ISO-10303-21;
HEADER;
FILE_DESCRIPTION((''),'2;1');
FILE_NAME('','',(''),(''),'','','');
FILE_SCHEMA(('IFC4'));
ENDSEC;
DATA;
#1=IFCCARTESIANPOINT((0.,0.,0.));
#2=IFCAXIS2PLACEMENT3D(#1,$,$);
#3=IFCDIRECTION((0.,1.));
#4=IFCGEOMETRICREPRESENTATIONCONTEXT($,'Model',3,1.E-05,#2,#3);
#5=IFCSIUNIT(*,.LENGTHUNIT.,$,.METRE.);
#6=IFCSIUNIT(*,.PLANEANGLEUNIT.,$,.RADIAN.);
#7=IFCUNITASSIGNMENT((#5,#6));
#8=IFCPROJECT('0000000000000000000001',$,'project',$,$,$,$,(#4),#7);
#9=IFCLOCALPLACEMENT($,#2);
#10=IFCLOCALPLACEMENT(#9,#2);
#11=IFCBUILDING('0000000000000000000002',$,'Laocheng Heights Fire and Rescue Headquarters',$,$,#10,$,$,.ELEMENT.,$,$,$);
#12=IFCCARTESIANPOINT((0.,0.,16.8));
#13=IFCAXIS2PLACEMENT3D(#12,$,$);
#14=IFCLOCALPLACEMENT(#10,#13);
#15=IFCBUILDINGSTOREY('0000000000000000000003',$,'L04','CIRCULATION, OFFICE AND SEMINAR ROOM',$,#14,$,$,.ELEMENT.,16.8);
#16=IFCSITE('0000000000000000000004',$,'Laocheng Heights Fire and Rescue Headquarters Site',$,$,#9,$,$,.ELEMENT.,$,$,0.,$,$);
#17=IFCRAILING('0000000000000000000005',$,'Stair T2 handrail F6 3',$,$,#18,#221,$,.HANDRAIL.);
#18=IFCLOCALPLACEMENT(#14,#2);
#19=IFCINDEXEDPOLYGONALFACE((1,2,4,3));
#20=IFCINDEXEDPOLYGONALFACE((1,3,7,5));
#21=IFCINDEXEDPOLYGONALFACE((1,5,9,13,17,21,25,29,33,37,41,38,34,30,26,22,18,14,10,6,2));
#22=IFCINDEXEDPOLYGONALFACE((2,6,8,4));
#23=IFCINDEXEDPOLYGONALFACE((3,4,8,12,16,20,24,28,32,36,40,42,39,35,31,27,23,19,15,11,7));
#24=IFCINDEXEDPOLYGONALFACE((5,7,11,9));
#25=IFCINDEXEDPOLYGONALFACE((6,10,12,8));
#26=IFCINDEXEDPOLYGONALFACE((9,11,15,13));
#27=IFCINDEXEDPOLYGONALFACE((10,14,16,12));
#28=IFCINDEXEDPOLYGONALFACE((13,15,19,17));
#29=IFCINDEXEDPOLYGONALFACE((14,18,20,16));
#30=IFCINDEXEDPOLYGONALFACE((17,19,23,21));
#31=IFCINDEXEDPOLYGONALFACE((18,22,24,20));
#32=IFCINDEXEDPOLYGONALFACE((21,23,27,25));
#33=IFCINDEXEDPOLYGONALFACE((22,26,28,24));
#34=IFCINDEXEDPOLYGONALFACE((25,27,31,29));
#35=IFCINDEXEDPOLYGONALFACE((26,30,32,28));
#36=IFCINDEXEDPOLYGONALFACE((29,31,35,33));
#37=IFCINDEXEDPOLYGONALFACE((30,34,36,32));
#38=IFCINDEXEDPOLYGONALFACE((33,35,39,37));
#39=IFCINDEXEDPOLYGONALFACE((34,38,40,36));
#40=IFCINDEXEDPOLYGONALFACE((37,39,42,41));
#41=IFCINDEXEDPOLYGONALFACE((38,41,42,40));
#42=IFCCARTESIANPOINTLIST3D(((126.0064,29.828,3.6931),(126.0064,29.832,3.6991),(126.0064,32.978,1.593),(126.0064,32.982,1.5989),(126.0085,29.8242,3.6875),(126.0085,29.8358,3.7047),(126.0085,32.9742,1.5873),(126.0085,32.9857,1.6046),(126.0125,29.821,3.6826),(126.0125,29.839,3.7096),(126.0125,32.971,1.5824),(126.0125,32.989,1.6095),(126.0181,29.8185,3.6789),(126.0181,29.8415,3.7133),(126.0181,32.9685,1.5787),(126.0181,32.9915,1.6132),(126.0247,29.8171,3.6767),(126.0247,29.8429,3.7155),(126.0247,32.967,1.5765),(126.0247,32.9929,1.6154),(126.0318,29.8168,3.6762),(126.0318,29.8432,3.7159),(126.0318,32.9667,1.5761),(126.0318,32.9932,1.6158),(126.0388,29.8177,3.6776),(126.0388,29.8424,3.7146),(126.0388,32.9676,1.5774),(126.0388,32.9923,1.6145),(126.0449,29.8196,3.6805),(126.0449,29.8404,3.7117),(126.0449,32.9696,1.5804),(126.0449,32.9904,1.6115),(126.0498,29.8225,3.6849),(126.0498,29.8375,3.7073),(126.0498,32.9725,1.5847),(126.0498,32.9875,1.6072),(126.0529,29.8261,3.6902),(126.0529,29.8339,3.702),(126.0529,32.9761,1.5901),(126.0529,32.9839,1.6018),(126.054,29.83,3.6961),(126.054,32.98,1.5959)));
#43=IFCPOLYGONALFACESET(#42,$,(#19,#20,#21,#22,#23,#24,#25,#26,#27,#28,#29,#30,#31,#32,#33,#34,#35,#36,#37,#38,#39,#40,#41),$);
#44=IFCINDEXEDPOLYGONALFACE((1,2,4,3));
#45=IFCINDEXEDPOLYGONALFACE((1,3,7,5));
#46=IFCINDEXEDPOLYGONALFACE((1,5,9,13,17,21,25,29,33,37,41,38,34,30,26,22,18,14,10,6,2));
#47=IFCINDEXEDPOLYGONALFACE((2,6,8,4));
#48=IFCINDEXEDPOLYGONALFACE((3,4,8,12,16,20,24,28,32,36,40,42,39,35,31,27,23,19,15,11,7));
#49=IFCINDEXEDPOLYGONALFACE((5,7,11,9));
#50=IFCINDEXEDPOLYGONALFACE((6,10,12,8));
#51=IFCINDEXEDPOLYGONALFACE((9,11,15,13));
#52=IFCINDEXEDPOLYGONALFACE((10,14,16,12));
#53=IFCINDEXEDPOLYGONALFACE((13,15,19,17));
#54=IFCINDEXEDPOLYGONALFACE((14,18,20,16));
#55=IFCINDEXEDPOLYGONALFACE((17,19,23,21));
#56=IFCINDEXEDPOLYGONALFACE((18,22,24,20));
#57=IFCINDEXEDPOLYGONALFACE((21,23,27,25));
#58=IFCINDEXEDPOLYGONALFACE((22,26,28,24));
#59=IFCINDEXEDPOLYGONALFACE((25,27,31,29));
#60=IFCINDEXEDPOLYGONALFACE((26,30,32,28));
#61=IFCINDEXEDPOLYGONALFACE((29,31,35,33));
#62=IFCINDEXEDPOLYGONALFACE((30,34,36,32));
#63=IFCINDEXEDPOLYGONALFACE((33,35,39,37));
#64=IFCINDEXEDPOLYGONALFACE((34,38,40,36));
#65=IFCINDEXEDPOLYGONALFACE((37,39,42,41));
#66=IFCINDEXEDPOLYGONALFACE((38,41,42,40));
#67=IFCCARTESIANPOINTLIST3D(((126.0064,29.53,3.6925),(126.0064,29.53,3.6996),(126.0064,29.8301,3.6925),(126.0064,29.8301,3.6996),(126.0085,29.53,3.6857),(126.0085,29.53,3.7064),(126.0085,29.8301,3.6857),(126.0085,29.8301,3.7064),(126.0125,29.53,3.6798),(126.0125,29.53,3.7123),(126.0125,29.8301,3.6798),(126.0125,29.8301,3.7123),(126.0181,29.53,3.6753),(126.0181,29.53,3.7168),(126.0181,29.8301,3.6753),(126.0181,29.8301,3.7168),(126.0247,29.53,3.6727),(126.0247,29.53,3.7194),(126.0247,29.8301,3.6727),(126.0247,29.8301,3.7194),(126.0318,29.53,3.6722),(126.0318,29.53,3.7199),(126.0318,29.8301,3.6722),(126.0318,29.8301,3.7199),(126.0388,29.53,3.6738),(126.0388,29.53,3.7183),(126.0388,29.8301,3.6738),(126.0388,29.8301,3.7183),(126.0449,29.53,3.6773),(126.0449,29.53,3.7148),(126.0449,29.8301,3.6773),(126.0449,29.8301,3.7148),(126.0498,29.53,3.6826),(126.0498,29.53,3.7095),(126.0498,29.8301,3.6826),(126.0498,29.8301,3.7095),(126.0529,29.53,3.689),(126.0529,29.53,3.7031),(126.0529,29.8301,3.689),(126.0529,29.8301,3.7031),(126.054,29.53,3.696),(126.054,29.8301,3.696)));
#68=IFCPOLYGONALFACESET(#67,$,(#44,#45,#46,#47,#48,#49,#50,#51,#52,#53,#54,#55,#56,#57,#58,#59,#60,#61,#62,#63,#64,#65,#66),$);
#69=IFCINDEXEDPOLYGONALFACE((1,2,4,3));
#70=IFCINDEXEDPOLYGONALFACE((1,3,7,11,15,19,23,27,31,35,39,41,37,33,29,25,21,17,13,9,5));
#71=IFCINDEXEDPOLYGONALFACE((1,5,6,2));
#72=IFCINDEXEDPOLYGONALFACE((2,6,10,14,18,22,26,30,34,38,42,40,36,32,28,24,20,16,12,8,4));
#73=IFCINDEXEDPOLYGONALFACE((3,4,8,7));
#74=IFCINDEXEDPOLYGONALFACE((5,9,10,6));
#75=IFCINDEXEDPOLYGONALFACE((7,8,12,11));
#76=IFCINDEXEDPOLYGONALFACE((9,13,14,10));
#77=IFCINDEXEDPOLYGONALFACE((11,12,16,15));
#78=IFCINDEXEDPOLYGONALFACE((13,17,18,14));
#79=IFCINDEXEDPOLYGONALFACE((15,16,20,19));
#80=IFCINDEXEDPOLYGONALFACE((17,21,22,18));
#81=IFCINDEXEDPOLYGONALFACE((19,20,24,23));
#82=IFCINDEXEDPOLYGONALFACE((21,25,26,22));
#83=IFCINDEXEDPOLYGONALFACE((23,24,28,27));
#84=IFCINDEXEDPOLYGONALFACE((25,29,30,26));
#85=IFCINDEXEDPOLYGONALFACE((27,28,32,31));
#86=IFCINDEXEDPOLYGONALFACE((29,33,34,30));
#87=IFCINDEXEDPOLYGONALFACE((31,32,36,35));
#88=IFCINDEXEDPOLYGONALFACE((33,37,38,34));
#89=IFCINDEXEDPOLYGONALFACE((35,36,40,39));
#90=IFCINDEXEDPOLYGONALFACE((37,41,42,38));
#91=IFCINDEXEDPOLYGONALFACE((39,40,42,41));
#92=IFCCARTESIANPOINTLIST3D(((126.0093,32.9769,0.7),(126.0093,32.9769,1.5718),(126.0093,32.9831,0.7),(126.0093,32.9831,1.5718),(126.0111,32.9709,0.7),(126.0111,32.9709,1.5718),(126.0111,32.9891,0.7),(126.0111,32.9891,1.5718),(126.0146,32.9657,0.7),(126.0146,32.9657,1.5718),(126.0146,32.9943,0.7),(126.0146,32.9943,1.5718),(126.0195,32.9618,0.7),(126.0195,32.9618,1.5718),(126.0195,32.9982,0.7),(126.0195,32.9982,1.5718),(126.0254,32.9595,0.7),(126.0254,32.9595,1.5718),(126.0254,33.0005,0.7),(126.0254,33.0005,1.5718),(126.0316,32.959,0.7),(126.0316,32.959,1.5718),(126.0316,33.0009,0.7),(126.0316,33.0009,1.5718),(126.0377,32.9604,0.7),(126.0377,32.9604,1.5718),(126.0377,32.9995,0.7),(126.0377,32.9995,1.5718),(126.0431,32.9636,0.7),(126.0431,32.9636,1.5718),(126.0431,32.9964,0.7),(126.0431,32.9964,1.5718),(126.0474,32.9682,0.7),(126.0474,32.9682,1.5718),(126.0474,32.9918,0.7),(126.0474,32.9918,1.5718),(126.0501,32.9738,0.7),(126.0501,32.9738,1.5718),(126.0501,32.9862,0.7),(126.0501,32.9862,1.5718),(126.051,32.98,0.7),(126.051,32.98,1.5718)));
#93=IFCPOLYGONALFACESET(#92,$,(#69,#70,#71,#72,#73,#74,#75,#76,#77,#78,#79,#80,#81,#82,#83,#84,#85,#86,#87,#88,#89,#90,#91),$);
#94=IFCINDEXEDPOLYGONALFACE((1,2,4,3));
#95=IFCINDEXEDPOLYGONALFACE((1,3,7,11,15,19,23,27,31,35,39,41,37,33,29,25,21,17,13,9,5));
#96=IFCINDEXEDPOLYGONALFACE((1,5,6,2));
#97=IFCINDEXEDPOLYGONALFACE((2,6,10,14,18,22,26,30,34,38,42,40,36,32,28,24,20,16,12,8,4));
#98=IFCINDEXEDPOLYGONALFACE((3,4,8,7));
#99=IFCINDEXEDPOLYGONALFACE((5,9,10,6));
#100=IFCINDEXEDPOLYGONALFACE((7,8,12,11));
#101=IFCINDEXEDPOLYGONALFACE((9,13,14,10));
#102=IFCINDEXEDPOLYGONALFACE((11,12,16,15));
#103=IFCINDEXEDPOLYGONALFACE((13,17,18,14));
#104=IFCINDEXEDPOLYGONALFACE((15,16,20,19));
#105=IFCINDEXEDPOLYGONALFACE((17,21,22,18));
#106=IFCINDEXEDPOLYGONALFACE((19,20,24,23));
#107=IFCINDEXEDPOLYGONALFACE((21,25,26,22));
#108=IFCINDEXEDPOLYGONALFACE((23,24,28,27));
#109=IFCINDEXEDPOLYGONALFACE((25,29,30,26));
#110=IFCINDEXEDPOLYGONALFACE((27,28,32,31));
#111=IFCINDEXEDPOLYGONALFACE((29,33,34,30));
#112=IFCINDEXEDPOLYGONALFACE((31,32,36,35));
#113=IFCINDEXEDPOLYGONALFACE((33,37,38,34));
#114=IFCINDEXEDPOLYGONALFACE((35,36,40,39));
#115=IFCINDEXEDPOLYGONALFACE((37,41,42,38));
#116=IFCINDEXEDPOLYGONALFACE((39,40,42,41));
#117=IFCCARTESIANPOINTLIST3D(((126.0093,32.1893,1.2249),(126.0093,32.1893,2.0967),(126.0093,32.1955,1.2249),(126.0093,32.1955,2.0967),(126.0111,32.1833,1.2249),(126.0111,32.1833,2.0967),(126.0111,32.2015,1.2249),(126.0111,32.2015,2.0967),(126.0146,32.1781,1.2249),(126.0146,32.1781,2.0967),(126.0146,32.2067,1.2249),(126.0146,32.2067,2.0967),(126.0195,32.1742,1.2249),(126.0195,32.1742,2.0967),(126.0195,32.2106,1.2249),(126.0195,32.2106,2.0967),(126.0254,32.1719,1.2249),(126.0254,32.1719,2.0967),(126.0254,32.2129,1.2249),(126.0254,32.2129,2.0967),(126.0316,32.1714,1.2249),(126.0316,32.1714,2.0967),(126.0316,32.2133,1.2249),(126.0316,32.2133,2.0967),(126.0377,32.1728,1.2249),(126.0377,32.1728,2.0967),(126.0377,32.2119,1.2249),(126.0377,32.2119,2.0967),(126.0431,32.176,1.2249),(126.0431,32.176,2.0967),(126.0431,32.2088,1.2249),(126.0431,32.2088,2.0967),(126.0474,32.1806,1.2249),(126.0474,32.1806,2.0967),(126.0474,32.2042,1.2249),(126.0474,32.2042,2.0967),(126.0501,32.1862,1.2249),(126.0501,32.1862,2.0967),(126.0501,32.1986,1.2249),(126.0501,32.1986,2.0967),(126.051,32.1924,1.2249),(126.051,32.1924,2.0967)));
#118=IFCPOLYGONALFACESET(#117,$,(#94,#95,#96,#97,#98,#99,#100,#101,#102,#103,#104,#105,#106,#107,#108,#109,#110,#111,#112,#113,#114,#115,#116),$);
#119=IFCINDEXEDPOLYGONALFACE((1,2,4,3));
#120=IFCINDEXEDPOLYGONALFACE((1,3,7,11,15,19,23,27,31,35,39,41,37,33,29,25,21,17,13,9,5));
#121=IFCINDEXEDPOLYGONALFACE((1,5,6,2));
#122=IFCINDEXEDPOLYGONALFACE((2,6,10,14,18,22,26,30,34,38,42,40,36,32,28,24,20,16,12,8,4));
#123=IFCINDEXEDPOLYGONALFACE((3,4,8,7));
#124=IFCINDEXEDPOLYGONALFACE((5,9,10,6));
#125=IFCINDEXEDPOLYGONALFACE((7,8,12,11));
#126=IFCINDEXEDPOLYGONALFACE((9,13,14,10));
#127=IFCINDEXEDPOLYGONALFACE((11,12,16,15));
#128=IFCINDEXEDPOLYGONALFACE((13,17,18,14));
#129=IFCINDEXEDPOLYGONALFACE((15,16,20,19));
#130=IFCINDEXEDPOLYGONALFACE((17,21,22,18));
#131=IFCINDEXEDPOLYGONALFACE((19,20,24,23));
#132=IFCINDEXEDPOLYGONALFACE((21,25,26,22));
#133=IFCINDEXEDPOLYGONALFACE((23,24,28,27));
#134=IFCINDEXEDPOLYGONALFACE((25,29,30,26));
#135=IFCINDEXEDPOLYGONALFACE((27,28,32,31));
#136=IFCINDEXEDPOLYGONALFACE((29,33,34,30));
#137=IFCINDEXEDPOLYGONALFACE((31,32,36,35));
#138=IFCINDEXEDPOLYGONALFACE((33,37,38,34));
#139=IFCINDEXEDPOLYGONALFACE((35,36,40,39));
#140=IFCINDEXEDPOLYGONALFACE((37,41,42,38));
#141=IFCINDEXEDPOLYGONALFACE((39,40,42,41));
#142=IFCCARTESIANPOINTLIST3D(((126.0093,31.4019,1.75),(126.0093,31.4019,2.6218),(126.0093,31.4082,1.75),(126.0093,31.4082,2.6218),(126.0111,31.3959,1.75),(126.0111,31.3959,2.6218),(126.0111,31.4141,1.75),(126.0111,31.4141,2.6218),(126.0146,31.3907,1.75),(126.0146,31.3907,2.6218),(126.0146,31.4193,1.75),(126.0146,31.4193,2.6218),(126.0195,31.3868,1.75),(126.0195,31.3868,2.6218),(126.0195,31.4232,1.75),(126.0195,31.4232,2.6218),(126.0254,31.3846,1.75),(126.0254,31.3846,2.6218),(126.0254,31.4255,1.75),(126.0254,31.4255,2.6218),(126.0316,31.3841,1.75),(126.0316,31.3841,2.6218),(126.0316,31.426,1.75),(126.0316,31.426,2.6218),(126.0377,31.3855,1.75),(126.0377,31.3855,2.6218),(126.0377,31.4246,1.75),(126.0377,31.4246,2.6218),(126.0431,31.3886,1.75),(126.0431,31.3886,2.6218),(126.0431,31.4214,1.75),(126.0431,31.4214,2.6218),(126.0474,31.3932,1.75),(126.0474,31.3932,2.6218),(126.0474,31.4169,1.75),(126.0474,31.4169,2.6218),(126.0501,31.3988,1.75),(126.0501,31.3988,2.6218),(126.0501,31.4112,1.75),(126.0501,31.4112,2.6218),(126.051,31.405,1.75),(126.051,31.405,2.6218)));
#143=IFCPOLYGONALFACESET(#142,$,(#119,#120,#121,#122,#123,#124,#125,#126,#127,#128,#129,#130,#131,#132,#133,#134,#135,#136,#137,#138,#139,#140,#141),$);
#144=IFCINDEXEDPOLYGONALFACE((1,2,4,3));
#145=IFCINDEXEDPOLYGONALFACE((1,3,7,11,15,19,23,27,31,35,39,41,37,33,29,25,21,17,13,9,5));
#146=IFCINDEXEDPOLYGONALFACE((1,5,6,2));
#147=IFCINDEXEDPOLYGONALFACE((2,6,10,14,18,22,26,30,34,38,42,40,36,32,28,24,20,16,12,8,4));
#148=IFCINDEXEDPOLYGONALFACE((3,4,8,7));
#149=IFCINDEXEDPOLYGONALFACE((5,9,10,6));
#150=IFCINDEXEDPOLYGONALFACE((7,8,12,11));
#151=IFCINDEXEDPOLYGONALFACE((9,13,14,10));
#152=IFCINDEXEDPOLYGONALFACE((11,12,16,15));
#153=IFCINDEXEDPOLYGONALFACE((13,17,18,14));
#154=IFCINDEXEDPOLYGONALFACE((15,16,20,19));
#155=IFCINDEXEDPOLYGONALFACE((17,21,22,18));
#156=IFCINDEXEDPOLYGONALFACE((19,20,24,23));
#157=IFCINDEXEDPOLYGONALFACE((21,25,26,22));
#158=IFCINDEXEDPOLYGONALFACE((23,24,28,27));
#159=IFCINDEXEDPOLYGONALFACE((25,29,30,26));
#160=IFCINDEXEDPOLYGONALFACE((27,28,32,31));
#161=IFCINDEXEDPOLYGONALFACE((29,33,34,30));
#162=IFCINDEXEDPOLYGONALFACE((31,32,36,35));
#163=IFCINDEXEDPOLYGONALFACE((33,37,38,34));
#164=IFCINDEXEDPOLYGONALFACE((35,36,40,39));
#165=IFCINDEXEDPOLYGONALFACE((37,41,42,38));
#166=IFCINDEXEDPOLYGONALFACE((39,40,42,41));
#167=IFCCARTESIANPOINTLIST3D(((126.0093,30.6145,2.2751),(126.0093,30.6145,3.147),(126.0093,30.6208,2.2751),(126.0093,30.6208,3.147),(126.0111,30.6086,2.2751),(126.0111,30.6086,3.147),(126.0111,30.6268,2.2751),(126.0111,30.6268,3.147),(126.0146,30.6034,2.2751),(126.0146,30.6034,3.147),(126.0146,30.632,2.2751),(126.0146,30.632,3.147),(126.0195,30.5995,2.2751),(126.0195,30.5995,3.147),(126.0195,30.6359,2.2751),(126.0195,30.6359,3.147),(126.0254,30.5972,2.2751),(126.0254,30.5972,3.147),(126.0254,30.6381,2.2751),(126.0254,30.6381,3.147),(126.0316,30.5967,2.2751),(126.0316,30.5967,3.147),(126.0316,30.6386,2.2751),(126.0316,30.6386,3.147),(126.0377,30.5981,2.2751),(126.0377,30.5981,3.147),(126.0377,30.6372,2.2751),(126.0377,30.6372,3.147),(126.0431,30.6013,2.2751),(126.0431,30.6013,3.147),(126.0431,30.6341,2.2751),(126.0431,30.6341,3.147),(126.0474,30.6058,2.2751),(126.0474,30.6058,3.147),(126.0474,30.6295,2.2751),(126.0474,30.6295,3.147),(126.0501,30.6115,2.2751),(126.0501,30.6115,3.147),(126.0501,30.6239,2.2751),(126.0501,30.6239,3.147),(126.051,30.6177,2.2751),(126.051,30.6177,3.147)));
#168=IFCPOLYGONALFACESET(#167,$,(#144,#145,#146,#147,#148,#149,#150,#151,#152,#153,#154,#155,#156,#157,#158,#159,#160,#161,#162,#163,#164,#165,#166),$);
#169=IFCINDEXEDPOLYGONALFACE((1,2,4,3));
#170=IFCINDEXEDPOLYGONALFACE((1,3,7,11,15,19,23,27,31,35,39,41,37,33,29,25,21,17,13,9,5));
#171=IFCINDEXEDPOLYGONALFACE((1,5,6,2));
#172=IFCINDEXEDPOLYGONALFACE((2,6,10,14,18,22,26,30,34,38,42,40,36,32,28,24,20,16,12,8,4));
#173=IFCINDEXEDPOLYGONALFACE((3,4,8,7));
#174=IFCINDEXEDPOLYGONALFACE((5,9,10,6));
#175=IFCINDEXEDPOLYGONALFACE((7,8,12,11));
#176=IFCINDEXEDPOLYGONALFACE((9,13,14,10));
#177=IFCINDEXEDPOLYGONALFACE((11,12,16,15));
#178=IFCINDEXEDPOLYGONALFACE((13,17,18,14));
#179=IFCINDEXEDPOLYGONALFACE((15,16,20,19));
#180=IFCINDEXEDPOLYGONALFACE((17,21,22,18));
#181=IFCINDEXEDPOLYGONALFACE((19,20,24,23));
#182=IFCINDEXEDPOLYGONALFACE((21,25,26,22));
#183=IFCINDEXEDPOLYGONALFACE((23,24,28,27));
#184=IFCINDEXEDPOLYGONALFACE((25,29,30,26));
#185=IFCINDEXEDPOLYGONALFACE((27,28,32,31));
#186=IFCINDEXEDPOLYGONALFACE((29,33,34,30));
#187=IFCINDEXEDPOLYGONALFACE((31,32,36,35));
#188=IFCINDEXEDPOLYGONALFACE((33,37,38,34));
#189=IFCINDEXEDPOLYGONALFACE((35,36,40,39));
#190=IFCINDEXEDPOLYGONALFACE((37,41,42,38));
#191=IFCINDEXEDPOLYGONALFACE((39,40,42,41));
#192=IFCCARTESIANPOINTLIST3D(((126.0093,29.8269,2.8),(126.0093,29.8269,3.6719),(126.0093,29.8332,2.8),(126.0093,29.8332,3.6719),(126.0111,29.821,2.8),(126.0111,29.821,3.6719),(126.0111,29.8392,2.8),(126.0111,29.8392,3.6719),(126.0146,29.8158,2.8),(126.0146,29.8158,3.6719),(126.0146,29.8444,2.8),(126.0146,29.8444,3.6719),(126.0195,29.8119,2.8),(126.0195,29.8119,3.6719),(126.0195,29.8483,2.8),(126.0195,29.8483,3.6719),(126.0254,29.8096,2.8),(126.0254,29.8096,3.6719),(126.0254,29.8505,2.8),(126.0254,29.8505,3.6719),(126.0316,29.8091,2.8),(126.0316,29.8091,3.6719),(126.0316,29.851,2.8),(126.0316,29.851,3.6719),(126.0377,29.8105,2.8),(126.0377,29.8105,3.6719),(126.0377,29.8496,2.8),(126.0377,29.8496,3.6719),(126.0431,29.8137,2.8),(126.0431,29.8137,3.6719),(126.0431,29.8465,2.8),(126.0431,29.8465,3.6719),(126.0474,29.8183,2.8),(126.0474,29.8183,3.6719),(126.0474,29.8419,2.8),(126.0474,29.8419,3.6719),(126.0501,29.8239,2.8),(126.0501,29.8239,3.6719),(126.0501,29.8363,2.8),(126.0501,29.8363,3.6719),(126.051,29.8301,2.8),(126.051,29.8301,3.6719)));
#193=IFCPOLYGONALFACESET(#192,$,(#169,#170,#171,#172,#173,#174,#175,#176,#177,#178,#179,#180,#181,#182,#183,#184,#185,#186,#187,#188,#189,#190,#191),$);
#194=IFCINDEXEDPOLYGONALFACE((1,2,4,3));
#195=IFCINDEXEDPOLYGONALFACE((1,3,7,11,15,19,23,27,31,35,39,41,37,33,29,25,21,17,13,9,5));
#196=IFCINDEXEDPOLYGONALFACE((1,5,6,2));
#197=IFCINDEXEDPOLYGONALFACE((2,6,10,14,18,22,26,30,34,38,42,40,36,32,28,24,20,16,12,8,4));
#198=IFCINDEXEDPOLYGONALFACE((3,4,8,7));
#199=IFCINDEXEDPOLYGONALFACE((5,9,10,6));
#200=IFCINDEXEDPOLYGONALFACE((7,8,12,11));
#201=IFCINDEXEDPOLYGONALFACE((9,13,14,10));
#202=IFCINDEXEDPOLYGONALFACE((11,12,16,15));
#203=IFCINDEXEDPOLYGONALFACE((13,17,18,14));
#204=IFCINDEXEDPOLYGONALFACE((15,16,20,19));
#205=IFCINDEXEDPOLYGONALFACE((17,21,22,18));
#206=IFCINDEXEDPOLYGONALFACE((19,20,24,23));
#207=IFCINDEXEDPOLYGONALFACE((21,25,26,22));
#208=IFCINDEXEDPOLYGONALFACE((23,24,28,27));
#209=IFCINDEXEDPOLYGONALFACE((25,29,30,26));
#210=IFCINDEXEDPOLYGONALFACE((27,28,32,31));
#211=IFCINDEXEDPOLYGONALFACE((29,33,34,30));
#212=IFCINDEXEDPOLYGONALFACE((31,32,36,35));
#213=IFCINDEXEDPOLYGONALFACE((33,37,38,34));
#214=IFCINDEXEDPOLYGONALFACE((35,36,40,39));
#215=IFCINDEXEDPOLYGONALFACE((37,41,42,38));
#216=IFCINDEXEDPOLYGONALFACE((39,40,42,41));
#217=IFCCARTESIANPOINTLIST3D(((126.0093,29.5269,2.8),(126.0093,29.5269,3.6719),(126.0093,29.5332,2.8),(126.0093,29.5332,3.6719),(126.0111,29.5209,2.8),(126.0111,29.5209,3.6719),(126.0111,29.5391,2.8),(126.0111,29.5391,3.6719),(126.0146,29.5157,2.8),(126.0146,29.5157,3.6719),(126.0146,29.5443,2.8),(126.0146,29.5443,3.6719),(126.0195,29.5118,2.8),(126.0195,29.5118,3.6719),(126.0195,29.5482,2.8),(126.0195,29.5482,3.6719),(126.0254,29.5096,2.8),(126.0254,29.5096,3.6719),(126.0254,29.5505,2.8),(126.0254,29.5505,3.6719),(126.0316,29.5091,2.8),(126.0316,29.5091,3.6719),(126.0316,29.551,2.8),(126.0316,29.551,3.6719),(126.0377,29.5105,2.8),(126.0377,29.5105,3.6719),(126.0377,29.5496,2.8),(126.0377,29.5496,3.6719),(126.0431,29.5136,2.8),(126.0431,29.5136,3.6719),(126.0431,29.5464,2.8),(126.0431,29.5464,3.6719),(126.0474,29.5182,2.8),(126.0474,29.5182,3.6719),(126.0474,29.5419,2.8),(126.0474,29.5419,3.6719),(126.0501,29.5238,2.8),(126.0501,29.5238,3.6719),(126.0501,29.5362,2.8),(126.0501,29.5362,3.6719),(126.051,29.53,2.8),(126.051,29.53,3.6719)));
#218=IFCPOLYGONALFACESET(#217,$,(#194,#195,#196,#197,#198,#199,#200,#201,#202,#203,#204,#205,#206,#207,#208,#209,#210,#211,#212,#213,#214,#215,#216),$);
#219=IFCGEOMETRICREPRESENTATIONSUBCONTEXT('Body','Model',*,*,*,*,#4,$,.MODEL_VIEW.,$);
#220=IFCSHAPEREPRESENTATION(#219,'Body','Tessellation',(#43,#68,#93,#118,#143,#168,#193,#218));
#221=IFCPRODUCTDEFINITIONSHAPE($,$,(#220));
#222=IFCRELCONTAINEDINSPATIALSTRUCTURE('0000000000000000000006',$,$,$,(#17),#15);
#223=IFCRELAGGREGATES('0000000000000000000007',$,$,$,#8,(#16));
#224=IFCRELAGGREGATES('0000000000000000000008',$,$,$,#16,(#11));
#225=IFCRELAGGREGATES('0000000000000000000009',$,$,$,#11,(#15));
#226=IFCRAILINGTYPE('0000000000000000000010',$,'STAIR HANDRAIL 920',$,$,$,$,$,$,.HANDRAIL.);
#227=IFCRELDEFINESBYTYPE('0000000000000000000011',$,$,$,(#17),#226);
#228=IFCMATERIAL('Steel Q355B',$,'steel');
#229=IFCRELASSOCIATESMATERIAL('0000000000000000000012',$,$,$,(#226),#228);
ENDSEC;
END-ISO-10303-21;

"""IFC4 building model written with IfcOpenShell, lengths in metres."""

from ifc_helpers import new_model, si_unit, direction, frame, origin, origin_2d, place, context, subcontext, project, spatial, circle, extrude, material, type_object, element, save


model = new_model("IFC4")

# Units and contexts
model_context = context("Model", 3, precision=1e-05, world=origin(), true_north=direction((0.0, 1.0)))
body_context = subcontext(model_context, "Body", "Model", "MODEL_VIEW")
ifc_project = project(units=[si_unit("LENGTHUNIT", "METRE"), si_unit("PLANEANGLEUNIT", "RADIAN")], contexts=[model_context])

# Site, building, storey
site_placement = place(None, origin())
site = spatial("IfcSite", under=ifc_project, at=site_placement, Name="Laocheng Heights Fire and Rescue Headquarters Site", CompositionType="ELEMENT", RefElevation=0.0)
building_placement = place(site_placement, origin())
building = spatial("IfcBuilding", under=site, at=building_placement, Name="Laocheng Heights Fire and Rescue Headquarters", CompositionType="ELEMENT")
storey_placement = place(building_placement, frame((0.0, 0.0, 16.8)))
storey = spatial("IfcBuildingStorey", under=building, at=storey_placement, Name="L04", Description="CIRCULATION, OFFICE AND SEMINAR ROOM", CompositionType="ELEMENT", Elevation=16.8)

# Railing
ifc_material_1 = material(Name="Steel Q355B", Category="steel")
railing_type_1 = type_object("IfcRailingType", Name="STAIR HANDRAIL 920", PredefinedType="HANDRAIL", material=ifc_material_1)
railing_1_placement = place(storey_placement, frame((126.03, 32.98, 0.7)))
element("IfcRailing", 1, at=railing_1_placement, inside=storey, type_object=railing_type_1, Name="Stair T2 handrail F6 3", PredefinedType="HANDRAIL", context=body_context, shape_type="SweptSolid", body=[
    extrude(circle(Radius=0.0239, at=origin_2d()), frame((0.0, 0.0, 0.896), z_axis=(0.0, -0.83203, 0.55473), x_axis=(1.0, 0.0, 0.0)), (0.0, 0.0, 1.0), 3.7859),
    extrude(circle(Radius=0.0239, at=origin_2d()), frame((0.0, -3.1499, 2.9961), z_axis=(0.0, -1.0, 0.0), x_axis=(1.0, 0.0, 0.0)), (0.0, 0.0, 1.0), 0.3),
    extrude(circle(Radius=0.021, at=origin_2d()), origin(), (0.0, 0.0, 1.0), 0.8718),
    extrude(circle(Radius=0.021, at=origin_2d()), frame((0.0, -0.7876, 0.5249)), (0.0, 0.0, 1.0), 0.8718),
    extrude(circle(Radius=0.021, at=origin_2d()), frame((0.0, -1.575, 1.05)), (0.0, 0.0, 1.0), 0.8718),
    extrude(circle(Radius=0.021, at=origin_2d()), frame((0.0, -2.3623, 1.5752)), (0.0, 0.0, 1.0), 0.8718),
    extrude(circle(Radius=0.021, at=origin_2d()), frame((0.0, -3.1499, 2.1001)), (0.0, 0.0, 1.0), 0.8718),
    extrude(circle(Radius=0.021, at=origin_2d()), frame((0.0, -3.45, 2.1001)), (0.0, 0.0, 1.0), 0.8718),
])

save(model, "model.ifc")
